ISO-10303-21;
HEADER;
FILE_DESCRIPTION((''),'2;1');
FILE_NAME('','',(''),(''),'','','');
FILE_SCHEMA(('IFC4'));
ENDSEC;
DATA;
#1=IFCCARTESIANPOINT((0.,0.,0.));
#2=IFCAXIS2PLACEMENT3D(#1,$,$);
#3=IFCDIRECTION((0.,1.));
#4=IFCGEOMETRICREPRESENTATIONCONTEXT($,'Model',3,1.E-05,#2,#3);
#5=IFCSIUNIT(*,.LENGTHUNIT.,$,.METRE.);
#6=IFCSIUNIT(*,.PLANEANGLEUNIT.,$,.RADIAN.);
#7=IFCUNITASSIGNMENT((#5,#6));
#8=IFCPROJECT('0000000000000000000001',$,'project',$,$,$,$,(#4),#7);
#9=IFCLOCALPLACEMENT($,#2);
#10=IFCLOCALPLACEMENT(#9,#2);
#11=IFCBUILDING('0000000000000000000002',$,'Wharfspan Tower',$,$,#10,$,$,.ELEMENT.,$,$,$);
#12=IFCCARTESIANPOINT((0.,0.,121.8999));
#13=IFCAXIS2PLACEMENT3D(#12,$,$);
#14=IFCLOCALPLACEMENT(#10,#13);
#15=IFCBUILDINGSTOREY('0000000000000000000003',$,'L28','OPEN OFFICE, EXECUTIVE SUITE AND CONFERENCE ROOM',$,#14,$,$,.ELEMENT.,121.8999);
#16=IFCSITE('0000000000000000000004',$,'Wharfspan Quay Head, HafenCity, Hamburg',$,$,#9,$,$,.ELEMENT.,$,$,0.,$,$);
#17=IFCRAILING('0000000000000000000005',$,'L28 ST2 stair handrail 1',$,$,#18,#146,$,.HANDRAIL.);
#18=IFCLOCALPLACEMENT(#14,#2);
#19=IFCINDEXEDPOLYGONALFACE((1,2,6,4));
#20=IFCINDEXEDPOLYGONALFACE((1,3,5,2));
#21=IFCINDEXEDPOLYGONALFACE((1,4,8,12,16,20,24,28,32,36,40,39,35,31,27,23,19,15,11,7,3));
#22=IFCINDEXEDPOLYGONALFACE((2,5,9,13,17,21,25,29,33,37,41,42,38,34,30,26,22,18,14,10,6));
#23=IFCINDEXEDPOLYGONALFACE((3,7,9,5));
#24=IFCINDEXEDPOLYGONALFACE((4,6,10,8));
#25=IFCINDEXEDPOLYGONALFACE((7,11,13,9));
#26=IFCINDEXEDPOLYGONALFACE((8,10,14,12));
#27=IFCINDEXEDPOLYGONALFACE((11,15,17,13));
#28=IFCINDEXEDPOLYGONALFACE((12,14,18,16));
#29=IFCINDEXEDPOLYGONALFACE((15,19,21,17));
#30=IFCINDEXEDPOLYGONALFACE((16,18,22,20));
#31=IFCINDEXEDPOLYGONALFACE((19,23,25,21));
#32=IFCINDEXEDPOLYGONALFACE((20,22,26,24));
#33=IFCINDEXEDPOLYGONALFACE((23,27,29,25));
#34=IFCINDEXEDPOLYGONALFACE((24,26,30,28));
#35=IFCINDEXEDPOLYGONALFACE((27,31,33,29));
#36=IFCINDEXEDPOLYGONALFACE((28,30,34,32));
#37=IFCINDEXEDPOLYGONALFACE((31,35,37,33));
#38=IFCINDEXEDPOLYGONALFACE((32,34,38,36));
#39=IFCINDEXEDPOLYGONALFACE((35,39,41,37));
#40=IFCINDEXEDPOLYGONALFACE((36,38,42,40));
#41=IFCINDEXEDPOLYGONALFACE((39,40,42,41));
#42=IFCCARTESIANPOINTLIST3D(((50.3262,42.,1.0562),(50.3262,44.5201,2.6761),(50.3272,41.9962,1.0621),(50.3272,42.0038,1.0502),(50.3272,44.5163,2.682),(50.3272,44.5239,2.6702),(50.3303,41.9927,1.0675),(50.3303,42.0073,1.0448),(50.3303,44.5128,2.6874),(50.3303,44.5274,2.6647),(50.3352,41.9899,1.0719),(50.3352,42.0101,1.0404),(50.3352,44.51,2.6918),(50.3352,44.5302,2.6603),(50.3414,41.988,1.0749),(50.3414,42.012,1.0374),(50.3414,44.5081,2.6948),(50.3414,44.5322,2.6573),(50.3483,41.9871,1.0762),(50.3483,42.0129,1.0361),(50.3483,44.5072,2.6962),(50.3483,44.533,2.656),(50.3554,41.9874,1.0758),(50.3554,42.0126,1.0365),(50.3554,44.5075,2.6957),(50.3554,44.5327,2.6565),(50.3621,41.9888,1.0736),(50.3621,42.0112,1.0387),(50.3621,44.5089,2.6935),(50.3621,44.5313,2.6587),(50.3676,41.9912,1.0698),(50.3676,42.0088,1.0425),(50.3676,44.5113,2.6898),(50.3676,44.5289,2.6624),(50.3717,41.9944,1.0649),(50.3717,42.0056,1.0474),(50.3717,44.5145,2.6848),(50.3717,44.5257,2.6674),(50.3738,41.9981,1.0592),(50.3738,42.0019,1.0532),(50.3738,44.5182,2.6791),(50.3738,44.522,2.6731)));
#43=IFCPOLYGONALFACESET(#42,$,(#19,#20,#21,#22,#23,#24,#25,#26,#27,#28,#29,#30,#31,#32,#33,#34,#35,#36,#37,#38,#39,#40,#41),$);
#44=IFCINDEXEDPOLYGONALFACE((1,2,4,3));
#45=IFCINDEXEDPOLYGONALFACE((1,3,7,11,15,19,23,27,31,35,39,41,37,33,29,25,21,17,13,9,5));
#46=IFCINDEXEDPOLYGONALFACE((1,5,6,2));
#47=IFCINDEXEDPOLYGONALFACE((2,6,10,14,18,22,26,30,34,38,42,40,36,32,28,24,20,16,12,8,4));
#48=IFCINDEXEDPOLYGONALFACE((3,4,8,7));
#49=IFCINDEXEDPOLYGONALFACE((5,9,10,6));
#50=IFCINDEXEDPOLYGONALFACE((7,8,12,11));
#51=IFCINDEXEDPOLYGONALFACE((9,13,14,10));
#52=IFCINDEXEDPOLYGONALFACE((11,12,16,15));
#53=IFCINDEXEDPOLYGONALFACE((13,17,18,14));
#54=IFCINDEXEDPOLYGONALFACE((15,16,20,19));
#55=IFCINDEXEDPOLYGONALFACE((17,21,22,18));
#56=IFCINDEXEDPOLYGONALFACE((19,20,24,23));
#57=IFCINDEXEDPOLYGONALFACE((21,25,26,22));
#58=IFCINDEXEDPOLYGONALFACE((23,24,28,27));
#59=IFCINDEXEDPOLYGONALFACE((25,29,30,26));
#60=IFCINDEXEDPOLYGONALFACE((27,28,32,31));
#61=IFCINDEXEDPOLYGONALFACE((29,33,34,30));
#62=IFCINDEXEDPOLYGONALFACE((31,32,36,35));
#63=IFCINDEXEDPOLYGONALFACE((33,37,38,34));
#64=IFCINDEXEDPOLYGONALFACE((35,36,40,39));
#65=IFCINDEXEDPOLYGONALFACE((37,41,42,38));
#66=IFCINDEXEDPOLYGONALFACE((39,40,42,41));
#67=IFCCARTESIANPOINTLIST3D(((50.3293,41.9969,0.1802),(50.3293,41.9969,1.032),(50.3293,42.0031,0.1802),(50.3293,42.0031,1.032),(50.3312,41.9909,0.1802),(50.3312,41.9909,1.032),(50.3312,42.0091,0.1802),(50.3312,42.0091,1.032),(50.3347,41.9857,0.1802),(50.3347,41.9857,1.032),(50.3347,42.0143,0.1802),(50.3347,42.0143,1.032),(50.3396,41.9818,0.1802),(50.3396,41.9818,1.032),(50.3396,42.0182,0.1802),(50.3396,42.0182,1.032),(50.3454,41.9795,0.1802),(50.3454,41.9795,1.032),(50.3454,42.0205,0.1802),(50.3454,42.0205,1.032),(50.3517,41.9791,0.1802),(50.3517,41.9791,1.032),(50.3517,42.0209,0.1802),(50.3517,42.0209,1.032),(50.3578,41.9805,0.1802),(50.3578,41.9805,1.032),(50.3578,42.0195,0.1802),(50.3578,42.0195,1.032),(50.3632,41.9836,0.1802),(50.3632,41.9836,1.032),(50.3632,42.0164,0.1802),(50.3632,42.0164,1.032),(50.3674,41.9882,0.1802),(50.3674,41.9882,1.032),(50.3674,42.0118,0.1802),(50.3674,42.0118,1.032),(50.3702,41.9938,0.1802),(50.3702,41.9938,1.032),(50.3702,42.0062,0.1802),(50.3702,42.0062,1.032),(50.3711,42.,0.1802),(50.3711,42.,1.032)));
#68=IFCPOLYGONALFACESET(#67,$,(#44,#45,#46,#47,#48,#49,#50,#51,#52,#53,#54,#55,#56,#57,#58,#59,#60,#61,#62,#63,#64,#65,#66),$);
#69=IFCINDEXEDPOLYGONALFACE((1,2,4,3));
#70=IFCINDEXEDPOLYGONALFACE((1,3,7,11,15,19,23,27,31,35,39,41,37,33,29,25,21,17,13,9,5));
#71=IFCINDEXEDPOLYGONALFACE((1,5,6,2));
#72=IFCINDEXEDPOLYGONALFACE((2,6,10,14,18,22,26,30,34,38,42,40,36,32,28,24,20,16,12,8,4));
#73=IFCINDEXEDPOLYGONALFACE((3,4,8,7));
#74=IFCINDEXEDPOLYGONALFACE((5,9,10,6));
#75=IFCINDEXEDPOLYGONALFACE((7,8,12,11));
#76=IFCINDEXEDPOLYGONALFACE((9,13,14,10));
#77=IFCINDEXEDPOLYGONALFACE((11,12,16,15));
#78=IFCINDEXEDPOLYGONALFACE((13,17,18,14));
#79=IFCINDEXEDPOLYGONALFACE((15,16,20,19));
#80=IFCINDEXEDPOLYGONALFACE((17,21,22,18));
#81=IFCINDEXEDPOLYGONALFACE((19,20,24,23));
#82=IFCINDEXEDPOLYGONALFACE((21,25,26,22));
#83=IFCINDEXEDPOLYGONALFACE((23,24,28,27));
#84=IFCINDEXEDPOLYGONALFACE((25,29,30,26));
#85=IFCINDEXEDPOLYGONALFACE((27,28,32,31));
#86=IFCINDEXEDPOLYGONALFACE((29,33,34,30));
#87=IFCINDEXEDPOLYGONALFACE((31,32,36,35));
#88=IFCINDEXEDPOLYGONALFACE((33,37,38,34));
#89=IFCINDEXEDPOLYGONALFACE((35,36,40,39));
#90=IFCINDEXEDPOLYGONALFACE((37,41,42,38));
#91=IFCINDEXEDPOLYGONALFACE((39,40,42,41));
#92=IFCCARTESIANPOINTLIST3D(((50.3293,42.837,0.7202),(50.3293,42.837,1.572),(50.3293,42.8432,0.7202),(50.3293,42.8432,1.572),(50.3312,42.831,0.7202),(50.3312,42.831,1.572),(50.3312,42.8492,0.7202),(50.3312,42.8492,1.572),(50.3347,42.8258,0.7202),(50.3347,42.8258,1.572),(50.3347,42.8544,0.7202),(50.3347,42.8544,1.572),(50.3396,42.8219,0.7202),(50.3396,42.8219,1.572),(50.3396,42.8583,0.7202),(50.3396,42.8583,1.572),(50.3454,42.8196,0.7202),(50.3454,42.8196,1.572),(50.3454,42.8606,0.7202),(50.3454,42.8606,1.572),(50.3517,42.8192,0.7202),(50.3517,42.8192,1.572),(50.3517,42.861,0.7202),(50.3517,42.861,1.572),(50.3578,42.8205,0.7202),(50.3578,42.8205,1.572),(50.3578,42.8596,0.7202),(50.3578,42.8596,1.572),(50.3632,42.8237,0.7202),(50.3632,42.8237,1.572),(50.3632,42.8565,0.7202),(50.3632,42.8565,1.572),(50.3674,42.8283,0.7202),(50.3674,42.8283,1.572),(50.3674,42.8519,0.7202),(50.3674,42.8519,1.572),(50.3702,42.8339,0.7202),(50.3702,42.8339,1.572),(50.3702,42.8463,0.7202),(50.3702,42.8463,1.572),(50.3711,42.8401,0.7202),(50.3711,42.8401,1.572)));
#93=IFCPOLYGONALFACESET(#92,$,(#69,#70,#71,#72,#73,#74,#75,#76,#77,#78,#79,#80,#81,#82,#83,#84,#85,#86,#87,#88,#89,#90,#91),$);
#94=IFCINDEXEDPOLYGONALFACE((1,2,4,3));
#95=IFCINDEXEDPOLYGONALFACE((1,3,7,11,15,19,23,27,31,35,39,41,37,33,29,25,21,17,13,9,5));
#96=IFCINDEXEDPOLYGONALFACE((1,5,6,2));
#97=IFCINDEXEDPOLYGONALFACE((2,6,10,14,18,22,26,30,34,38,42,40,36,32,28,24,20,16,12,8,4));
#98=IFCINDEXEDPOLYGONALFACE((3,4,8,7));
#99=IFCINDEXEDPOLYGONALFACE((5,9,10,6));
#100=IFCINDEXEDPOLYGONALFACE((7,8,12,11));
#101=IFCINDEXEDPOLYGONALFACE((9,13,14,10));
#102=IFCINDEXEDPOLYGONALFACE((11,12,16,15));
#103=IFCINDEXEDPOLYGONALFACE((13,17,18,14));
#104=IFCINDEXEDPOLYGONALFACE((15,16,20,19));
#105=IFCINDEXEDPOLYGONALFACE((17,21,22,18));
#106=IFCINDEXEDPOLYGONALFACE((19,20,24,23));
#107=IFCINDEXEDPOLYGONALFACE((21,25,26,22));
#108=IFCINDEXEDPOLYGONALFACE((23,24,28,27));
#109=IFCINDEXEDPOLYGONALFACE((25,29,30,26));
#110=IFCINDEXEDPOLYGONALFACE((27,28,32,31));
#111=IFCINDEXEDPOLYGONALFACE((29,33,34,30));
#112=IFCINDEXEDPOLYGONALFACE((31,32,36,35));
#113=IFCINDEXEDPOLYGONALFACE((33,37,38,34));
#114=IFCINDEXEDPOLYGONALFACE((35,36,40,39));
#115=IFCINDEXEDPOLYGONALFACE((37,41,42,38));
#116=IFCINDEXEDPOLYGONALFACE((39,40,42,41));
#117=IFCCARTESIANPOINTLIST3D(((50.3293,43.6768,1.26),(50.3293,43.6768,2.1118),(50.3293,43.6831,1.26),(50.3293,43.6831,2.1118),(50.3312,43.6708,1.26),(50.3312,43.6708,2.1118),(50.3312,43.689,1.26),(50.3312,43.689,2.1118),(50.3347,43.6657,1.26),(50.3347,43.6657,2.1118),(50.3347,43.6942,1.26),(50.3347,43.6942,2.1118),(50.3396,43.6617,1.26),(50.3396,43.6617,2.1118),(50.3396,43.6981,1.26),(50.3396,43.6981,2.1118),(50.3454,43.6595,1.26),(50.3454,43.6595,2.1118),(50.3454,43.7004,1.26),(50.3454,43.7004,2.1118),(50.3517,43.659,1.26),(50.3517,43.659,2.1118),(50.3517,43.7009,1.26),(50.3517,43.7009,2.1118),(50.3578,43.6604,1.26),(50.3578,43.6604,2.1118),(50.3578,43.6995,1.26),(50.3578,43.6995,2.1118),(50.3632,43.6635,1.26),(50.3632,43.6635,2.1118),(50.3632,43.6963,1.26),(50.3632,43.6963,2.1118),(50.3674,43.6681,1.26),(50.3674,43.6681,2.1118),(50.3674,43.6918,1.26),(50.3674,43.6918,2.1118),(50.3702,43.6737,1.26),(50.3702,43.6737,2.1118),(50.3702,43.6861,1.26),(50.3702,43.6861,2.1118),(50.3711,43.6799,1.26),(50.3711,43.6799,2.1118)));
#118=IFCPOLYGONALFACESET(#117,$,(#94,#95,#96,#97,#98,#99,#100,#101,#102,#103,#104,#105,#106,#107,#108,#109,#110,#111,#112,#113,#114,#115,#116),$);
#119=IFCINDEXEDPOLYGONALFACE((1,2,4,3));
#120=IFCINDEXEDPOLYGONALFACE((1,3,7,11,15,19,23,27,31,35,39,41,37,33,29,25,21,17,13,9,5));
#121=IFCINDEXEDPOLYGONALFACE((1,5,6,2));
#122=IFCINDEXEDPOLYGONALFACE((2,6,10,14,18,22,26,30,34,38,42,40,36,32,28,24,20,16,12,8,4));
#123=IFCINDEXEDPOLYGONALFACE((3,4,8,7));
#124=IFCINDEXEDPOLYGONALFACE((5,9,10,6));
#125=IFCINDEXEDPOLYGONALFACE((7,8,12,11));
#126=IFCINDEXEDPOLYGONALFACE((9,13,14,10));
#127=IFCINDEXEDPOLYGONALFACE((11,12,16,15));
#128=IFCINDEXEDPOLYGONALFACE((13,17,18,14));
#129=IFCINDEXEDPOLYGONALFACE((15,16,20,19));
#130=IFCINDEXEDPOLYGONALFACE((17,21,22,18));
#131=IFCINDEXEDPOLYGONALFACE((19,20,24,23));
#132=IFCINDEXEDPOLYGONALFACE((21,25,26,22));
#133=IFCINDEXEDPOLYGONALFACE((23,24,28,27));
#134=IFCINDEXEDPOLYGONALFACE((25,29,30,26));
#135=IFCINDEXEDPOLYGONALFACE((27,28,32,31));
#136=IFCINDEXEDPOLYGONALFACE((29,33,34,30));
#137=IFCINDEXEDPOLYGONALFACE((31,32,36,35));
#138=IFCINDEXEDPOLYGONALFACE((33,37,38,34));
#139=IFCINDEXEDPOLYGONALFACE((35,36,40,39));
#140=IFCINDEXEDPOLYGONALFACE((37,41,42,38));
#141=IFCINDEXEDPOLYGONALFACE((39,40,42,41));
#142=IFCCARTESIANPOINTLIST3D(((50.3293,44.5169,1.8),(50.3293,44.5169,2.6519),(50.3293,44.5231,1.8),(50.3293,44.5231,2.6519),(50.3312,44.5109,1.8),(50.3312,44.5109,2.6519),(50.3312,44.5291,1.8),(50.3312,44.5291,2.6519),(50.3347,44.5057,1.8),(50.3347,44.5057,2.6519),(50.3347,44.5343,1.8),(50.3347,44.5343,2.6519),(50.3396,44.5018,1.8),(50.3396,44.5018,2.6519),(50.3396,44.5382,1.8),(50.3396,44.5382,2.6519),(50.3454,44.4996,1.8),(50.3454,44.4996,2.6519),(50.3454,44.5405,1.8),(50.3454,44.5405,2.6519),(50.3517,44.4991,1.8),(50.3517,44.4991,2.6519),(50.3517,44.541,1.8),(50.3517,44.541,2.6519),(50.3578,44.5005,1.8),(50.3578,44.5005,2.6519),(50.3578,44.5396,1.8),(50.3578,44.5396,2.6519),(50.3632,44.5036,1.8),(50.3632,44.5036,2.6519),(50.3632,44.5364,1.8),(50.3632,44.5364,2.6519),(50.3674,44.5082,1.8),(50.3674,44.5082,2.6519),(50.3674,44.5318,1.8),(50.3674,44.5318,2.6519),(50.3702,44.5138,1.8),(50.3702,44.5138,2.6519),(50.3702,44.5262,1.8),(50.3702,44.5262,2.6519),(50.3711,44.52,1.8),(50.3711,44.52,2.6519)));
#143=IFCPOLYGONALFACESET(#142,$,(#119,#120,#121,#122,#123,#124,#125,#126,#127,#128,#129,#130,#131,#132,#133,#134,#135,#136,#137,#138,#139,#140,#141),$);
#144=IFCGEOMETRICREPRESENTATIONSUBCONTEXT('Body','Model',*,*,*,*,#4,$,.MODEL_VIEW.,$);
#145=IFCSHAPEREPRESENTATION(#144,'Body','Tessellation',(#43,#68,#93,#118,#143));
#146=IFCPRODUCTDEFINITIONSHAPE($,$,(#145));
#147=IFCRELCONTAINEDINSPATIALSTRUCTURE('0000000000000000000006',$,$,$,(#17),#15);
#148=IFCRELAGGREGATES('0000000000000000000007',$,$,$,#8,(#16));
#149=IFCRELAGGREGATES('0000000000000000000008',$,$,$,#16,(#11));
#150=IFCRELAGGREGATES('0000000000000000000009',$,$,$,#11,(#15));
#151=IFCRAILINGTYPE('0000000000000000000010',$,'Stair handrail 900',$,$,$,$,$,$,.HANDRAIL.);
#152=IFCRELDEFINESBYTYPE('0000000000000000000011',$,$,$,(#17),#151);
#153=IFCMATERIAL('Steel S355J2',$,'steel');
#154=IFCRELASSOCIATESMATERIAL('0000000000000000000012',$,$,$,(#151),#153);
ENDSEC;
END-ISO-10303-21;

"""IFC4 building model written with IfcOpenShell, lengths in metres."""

from ifc_helpers import new_model, si_unit, direction, frame, origin, origin_2d, place, context, subcontext, project, spatial, circle, extrude, material, type_object, element, save


model = new_model("IFC4")

# Units and contexts
model_context = context("Model", 3, precision=1e-05, world=origin(), true_north=direction((0.0, 1.0)))
body_context = subcontext(model_context, "Body", "Model", "MODEL_VIEW")
ifc_project = project(units=[si_unit("LENGTHUNIT", "METRE"), si_unit("PLANEANGLEUNIT", "RADIAN")], contexts=[model_context])

# Site, building, storey
site_placement = place(None, origin())
site = spatial("IfcSite", under=ifc_project, at=site_placement, Name="Wharfspan Quay Head, HafenCity, Hamburg", CompositionType="ELEMENT", RefElevation=0.0)
building_placement = place(site_placement, origin())
building = spatial("IfcBuilding", under=site, at=building_placement, Name="Wharfspan Tower", CompositionType="ELEMENT")
storey_placement = place(building_placement, frame((0.0, 0.0, 121.8999)))
storey = spatial("IfcBuildingStorey", under=building, at=storey_placement, Name="L28", Description="OPEN OFFICE, EXECUTIVE SUITE AND CONFERENCE ROOM", CompositionType="ELEMENT", Elevation=121.8999)

# Shared definitions
ifc_material_1 = material(Name="Steel S355J2", Category="steel")

# Railing
railing_type_1 = type_object("IfcRailingType", Name="Stair handrail 900", PredefinedType="HANDRAIL", material=ifc_material_1)
railing_1_placement = place(storey_placement, frame((50.3501, 42.0, 0.1802)))
element("IfcRailing", 1, at=railing_1_placement, inside=storey, type_object=railing_type_1, Name="L28 ST2 stair handrail 1", PredefinedType="HANDRAIL", context=body_context, shape_type="SweptSolid", body=[
    extrude(circle(Radius=0.0239, at=origin_2d()), frame((0.0, 0.0, 0.876), z_axis=(0.0, 0.8412, 0.540725), x_axis=(-1.0, 0.0, 0.0)), (0.0, 0.0, 1.0), 2.9958),
    extrude(circle(Radius=0.021, at=origin_2d()), origin(), (0.0, 0.0, 1.0), 0.8518),
    extrude(circle(Radius=0.021, at=origin_2d()), frame((0.0, 0.8401, 0.54)), (0.0, 0.0, 1.0), 0.8518),
    extrude(circle(Radius=0.021, at=origin_2d()), frame((0.0, 1.6799, 1.0798)), (0.0, 0.0, 1.0), 0.8518),
    extrude(circle(Radius=0.021, at=origin_2d()), frame((0.0, 2.52, 1.6199)), (0.0, 0.0, 1.0), 0.8518),
])

save(model, "model.ifc")
